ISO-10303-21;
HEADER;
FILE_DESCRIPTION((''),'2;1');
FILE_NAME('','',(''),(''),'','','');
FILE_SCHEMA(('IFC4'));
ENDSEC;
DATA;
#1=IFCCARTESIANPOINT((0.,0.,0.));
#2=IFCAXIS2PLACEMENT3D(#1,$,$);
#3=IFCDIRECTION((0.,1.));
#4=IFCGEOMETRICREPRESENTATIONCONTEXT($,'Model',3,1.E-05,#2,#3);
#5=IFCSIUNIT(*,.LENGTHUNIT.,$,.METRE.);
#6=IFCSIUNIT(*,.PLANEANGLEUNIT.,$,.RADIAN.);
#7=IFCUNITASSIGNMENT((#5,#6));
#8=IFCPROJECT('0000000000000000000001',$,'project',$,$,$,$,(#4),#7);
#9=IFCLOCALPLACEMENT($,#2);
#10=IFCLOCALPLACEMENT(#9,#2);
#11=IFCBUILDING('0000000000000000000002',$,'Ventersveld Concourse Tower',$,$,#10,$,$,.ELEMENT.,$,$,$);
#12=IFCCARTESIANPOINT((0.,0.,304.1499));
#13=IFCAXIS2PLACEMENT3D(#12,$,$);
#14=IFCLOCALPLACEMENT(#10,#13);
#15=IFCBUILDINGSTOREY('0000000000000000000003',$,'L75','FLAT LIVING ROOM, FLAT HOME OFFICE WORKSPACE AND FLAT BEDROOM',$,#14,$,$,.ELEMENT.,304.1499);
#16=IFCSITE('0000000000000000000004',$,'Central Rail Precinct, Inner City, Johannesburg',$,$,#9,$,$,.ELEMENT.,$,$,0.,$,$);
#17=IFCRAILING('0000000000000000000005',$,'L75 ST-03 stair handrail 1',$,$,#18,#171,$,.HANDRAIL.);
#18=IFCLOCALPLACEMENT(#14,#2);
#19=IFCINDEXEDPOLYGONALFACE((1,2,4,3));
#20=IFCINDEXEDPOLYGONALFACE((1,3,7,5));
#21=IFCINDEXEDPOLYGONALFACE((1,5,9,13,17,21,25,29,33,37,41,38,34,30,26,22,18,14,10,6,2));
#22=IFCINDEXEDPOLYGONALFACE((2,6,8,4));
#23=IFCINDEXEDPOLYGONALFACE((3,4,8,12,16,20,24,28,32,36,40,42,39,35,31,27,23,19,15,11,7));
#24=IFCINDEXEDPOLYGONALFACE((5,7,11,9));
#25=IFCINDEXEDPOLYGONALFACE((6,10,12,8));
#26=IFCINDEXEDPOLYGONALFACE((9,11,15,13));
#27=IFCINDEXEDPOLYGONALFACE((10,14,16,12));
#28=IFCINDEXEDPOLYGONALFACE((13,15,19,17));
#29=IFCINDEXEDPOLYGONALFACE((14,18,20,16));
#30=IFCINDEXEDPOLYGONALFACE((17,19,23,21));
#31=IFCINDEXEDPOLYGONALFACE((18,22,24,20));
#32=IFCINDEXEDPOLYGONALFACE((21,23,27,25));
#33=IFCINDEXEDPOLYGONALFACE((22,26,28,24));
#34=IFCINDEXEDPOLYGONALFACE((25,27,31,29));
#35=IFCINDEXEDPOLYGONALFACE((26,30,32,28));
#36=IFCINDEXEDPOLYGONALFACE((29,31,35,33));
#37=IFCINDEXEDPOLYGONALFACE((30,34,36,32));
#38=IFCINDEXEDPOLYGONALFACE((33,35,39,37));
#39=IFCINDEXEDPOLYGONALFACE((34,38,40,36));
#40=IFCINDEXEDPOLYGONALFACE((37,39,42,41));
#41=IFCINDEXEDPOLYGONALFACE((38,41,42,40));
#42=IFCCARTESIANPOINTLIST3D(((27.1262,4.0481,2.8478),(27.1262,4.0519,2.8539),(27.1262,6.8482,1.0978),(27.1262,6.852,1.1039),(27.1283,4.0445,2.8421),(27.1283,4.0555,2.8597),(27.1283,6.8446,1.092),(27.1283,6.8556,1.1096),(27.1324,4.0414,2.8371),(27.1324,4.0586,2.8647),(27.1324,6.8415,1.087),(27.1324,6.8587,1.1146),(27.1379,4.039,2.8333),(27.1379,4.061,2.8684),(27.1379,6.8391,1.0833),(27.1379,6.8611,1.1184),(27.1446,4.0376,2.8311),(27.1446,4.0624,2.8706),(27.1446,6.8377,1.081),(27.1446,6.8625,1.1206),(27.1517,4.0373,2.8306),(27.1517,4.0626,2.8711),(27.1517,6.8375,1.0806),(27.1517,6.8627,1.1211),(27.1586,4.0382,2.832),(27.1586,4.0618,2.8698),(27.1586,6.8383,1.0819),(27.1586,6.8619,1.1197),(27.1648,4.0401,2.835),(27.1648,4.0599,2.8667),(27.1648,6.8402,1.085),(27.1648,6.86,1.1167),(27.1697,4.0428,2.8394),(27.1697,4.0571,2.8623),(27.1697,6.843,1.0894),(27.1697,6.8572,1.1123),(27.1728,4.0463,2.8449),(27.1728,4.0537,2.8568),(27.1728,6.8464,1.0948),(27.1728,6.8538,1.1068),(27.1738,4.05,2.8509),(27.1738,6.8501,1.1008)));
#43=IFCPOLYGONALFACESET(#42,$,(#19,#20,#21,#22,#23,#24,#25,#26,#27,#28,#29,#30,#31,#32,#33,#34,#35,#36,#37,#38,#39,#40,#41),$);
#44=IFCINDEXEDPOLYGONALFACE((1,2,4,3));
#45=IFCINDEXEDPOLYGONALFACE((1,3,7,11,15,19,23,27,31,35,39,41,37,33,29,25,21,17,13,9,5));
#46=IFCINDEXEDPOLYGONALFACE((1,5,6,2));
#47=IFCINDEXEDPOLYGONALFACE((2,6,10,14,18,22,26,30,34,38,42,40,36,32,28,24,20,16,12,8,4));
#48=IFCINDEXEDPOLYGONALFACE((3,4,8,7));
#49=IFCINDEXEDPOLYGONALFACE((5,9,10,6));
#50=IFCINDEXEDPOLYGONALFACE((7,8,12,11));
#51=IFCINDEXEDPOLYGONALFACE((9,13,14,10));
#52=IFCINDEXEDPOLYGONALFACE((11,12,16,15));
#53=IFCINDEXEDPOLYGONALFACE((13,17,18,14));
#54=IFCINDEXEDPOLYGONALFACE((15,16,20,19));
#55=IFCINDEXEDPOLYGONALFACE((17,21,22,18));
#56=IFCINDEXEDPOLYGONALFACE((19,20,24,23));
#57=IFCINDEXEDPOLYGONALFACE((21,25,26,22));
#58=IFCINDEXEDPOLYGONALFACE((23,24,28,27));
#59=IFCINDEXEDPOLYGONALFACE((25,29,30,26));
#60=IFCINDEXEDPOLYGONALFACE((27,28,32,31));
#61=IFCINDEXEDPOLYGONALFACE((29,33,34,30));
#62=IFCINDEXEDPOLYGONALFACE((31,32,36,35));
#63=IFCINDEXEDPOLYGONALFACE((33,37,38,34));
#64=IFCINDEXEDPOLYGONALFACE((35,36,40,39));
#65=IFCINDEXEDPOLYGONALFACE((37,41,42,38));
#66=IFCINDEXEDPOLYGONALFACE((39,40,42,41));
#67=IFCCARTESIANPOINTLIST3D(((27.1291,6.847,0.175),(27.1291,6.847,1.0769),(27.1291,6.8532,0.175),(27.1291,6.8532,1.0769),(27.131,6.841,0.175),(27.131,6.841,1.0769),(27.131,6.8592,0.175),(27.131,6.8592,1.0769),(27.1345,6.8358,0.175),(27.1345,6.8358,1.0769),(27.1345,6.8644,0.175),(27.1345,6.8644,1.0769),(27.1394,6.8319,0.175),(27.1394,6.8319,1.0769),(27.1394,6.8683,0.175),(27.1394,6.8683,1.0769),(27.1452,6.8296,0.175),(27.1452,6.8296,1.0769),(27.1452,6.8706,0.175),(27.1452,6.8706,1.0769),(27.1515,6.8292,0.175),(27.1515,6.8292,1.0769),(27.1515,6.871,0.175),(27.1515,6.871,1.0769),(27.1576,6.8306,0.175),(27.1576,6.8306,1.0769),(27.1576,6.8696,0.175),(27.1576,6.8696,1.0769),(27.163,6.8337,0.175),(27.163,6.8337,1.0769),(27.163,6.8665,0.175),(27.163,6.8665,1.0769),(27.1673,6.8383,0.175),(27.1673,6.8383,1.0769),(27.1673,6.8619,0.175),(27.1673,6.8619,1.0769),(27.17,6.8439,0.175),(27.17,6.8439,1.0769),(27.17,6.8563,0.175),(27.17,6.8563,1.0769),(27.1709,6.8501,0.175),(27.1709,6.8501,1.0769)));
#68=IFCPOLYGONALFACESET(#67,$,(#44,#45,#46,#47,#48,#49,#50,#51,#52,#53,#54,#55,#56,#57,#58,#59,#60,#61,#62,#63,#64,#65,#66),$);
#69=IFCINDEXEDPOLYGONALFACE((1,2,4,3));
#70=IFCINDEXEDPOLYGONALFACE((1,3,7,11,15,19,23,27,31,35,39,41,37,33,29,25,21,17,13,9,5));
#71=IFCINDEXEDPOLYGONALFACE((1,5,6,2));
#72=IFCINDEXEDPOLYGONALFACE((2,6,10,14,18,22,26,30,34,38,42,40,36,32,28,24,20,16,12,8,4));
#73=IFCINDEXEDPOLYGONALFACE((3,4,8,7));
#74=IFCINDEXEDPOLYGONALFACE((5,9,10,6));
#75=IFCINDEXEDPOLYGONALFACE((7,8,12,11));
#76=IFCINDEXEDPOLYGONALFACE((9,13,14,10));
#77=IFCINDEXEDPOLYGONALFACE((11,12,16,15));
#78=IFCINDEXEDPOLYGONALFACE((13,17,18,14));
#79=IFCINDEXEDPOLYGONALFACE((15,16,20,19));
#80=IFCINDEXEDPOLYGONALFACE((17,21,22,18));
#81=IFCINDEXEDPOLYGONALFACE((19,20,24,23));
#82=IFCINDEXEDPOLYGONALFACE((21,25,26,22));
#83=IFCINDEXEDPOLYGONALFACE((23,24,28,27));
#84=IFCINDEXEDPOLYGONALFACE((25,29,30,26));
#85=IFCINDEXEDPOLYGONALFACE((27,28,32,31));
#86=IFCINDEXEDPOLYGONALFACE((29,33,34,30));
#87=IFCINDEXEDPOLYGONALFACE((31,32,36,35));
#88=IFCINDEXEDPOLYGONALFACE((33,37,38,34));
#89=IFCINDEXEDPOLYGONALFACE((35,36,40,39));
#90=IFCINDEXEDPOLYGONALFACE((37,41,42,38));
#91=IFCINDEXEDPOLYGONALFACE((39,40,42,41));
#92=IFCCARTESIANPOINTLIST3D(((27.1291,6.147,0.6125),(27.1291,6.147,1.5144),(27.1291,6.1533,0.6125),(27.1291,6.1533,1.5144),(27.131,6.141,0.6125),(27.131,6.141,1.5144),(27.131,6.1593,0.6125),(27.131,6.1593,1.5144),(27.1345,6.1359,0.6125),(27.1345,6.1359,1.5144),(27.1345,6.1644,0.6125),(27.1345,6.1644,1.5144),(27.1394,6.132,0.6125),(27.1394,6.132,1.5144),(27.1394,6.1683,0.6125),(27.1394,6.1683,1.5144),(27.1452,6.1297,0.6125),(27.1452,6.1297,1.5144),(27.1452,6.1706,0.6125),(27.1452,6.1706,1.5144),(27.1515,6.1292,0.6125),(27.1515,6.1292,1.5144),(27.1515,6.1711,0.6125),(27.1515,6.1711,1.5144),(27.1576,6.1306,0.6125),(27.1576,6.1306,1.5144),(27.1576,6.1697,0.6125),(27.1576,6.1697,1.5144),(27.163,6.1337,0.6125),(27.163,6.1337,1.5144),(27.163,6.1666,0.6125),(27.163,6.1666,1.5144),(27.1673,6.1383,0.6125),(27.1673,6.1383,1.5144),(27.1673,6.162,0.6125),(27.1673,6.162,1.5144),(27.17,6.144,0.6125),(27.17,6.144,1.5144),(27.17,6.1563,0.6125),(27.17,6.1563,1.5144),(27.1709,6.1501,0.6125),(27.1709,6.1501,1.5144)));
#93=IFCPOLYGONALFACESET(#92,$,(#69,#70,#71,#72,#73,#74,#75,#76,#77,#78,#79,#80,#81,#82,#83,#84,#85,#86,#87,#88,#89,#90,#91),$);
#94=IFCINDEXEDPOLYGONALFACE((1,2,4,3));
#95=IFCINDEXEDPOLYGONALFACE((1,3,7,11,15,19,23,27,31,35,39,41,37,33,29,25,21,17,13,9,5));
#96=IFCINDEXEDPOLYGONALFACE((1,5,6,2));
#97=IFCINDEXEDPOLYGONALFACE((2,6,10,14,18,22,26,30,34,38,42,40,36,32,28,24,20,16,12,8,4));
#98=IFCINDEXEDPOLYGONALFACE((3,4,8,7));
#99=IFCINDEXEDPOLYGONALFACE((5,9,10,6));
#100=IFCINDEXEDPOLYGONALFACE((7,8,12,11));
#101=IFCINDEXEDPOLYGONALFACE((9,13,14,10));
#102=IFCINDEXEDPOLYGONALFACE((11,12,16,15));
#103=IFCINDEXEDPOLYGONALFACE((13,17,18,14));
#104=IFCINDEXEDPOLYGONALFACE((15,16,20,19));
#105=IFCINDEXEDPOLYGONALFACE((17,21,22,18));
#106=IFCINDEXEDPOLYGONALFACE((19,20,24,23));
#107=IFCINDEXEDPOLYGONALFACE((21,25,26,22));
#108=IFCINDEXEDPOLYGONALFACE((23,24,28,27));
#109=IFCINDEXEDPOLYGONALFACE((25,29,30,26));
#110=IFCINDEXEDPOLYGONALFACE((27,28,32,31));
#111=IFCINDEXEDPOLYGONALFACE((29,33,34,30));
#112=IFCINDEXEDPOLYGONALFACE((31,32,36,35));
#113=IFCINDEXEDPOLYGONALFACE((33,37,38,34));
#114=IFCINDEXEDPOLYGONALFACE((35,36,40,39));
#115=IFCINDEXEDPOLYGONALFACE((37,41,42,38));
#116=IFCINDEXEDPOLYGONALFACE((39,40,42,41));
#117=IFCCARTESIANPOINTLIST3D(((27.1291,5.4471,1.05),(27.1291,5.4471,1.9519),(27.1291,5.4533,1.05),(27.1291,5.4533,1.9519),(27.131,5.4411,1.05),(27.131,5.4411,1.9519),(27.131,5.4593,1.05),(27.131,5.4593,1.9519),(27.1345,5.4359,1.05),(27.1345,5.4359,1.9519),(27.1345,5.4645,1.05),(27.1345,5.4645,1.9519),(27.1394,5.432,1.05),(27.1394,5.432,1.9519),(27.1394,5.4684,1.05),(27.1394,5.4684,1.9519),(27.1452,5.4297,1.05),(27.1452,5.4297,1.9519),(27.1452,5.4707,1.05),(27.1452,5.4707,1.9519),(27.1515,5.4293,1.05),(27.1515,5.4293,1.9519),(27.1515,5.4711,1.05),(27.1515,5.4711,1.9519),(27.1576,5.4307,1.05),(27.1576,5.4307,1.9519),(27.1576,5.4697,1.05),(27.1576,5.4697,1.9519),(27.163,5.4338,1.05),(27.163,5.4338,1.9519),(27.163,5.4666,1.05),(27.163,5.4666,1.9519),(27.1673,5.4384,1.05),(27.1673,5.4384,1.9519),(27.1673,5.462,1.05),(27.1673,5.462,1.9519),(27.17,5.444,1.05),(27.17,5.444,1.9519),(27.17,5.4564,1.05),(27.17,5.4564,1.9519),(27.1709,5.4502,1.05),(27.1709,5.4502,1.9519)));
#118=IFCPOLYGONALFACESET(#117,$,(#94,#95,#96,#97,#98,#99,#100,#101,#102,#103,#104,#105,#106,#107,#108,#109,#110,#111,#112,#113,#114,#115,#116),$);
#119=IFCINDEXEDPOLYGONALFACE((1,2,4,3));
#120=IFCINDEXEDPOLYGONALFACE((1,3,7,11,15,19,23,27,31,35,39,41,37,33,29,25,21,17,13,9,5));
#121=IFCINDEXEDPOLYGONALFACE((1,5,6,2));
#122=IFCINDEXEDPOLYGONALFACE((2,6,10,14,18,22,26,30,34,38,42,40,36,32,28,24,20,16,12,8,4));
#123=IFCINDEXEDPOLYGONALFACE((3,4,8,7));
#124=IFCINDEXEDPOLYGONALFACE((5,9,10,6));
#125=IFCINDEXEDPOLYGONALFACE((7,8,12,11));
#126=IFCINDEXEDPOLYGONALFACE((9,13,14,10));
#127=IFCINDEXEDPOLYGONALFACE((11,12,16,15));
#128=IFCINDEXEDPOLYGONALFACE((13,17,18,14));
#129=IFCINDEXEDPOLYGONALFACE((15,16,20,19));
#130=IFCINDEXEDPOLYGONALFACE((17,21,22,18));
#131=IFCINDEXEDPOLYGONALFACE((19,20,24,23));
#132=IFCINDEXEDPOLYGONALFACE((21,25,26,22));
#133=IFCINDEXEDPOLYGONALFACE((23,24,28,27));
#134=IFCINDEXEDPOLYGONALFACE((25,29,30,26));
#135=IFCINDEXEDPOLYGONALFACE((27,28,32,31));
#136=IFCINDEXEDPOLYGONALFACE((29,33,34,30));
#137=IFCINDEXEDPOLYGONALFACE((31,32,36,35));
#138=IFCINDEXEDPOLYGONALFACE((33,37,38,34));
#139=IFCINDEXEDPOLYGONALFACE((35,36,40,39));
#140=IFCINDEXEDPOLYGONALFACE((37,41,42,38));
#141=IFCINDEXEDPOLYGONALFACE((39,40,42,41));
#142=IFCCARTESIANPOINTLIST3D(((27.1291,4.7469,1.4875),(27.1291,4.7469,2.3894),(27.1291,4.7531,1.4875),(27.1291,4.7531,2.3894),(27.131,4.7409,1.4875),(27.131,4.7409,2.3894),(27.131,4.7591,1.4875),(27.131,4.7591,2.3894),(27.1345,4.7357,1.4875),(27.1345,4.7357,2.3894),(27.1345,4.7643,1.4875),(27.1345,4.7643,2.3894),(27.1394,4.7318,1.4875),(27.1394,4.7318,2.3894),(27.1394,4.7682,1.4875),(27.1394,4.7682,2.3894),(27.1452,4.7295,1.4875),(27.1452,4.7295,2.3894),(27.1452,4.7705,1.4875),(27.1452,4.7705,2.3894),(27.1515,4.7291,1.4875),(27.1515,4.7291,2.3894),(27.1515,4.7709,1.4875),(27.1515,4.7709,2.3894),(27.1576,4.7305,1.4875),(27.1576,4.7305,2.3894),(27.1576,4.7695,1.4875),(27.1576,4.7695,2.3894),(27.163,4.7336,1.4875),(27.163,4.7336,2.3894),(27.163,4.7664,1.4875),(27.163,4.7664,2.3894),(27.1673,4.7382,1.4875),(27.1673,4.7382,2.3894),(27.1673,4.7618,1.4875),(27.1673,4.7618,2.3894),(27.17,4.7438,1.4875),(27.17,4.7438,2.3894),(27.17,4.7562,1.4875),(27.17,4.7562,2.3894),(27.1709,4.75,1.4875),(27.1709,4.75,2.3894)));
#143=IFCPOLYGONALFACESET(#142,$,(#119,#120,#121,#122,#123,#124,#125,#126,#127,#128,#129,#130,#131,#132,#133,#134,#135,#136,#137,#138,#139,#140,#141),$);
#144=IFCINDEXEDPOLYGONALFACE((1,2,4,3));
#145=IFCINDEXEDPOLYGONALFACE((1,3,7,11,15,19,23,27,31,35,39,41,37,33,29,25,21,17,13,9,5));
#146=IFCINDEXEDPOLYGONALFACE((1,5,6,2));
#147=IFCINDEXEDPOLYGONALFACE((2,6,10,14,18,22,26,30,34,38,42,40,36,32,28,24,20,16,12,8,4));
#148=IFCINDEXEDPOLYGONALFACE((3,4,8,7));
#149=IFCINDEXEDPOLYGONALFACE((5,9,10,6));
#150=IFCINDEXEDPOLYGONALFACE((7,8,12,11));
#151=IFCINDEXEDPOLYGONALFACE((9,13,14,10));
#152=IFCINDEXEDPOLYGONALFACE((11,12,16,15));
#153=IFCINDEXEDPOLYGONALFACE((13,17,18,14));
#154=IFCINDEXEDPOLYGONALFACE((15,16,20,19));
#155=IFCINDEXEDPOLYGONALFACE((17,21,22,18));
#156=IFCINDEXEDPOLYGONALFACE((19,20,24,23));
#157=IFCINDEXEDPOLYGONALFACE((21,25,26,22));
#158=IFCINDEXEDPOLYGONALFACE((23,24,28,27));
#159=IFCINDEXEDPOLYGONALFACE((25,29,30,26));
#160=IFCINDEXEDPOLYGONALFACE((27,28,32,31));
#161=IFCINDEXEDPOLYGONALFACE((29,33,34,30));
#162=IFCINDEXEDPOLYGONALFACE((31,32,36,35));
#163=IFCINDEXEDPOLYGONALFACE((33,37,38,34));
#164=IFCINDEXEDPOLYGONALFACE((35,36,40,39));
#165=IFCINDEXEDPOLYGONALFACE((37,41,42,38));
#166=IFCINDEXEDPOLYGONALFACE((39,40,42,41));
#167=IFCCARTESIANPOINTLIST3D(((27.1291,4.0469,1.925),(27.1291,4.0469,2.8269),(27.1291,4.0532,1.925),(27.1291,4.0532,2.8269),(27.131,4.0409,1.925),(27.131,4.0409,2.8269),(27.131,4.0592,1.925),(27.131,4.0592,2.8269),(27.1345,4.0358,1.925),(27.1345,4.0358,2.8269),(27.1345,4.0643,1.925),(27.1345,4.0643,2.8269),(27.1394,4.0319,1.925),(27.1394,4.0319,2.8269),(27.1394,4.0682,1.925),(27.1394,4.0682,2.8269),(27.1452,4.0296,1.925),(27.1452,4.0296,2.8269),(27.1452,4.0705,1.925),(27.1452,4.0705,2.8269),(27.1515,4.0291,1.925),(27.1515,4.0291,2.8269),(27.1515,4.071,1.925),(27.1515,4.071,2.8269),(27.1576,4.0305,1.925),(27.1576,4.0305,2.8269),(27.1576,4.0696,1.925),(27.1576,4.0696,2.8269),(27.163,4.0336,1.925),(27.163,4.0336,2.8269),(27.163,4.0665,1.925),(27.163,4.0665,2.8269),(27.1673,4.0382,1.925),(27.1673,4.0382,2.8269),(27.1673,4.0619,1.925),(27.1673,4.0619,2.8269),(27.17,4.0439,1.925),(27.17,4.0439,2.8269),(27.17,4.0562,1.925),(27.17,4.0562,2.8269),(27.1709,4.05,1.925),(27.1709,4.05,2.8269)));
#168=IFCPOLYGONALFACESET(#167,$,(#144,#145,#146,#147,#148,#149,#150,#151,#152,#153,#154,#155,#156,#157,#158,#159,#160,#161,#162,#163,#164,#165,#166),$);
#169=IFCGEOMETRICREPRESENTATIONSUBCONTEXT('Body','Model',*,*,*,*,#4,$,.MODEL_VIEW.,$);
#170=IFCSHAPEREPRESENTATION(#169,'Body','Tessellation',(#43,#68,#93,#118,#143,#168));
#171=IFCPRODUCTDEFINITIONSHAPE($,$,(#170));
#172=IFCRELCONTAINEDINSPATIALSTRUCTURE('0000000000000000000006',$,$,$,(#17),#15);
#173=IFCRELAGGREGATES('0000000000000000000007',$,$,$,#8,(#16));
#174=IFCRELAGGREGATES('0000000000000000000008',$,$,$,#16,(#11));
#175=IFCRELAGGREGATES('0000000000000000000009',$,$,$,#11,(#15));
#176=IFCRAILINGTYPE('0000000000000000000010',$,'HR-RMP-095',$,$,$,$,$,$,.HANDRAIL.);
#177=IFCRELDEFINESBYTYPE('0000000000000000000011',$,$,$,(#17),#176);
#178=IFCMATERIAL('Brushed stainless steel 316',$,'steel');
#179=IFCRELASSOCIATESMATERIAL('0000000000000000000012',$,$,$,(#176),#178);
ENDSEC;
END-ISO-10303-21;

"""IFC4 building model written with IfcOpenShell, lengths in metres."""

from ifc_helpers import new_model, si_unit, direction, frame, origin, origin_2d, place, context, subcontext, project, spatial, circle, extrude, material, type_object, element, save


model = new_model("IFC4")

# Units and contexts
model_context = context("Model", 3, precision=1e-05, world=origin(), true_north=direction((0.0, 1.0)))
body_context = subcontext(model_context, "Body", "Model", "MODEL_VIEW")
ifc_project = project(units=[si_unit("LENGTHUNIT", "METRE"), si_unit("PLANEANGLEUNIT", "RADIAN")], contexts=[model_context])

# Site, building, storey
site_placement = place(None, origin())
site = spatial("IfcSite", under=ifc_project, at=site_placement, Name="Central Rail Precinct, Inner City, Johannesburg", CompositionType="ELEMENT", RefElevation=0.0)
building_placement = place(site_placement, origin())
building = spatial("IfcBuilding", under=site, at=building_placement, Name="Ventersveld Concourse Tower", CompositionType="ELEMENT")
storey_placement = place(building_placement, frame((0.0, 0.0, 304.1499)))
storey = spatial("IfcBuildingStorey", under=building, at=storey_placement, Name="L75", Description="FLAT LIVING ROOM, FLAT HOME OFFICE WORKSPACE AND FLAT BEDROOM", CompositionType="ELEMENT", Elevation=304.1499)

# Shared definitions
ifc_material_1 = material(Name="Brushed stainless steel 316", Category="steel")

# Railing
railing_type_1 = type_object("IfcRailingType", Name="HR-RMP-095", PredefinedType="HANDRAIL", material=ifc_material_1)
railing_1_placement = place(storey_placement, frame((27.1499, 6.8501, 0.175)))
element("IfcRailing", 1, at=railing_1_placement, inside=storey, type_object=railing_type_1, Name="L75 ST-03 stair handrail 1", PredefinedType="HANDRAIL", context=body_context, shape_type="SweptSolid", body=[
    extrude(circle(Radius=0.0239, at=origin_2d()), frame((0.0, 0.0, 0.9258), z_axis=(0.0, -0.848002, 0.529992), x_axis=(1.0, 0.0, 0.0)), (0.0, 0.0, 1.0), 3.302),
    extrude(circle(Radius=0.021, at=origin_2d()), origin(), (0.0, 0.0, 1.0), 0.9019),
    extrude(circle(Radius=0.021, at=origin_2d()), frame((0.0, -0.7, 0.4375)), (0.0, 0.0, 1.0), 0.9019),
    extrude(circle(Radius=0.021, at=origin_2d()), frame((0.0, -1.3999, 0.875)), (0.0, 0.0, 1.0), 0.9019),
    extrude(circle(Radius=0.021, at=origin_2d()), frame((0.0, -2.1001, 1.3125)), (0.0, 0.0, 1.0), 0.9019),
    extrude(circle(Radius=0.021, at=origin_2d()), frame((0.0, -2.8, 1.75)), (0.0, 0.0, 1.0), 0.9019),
])

save(model, "model.ifc")
